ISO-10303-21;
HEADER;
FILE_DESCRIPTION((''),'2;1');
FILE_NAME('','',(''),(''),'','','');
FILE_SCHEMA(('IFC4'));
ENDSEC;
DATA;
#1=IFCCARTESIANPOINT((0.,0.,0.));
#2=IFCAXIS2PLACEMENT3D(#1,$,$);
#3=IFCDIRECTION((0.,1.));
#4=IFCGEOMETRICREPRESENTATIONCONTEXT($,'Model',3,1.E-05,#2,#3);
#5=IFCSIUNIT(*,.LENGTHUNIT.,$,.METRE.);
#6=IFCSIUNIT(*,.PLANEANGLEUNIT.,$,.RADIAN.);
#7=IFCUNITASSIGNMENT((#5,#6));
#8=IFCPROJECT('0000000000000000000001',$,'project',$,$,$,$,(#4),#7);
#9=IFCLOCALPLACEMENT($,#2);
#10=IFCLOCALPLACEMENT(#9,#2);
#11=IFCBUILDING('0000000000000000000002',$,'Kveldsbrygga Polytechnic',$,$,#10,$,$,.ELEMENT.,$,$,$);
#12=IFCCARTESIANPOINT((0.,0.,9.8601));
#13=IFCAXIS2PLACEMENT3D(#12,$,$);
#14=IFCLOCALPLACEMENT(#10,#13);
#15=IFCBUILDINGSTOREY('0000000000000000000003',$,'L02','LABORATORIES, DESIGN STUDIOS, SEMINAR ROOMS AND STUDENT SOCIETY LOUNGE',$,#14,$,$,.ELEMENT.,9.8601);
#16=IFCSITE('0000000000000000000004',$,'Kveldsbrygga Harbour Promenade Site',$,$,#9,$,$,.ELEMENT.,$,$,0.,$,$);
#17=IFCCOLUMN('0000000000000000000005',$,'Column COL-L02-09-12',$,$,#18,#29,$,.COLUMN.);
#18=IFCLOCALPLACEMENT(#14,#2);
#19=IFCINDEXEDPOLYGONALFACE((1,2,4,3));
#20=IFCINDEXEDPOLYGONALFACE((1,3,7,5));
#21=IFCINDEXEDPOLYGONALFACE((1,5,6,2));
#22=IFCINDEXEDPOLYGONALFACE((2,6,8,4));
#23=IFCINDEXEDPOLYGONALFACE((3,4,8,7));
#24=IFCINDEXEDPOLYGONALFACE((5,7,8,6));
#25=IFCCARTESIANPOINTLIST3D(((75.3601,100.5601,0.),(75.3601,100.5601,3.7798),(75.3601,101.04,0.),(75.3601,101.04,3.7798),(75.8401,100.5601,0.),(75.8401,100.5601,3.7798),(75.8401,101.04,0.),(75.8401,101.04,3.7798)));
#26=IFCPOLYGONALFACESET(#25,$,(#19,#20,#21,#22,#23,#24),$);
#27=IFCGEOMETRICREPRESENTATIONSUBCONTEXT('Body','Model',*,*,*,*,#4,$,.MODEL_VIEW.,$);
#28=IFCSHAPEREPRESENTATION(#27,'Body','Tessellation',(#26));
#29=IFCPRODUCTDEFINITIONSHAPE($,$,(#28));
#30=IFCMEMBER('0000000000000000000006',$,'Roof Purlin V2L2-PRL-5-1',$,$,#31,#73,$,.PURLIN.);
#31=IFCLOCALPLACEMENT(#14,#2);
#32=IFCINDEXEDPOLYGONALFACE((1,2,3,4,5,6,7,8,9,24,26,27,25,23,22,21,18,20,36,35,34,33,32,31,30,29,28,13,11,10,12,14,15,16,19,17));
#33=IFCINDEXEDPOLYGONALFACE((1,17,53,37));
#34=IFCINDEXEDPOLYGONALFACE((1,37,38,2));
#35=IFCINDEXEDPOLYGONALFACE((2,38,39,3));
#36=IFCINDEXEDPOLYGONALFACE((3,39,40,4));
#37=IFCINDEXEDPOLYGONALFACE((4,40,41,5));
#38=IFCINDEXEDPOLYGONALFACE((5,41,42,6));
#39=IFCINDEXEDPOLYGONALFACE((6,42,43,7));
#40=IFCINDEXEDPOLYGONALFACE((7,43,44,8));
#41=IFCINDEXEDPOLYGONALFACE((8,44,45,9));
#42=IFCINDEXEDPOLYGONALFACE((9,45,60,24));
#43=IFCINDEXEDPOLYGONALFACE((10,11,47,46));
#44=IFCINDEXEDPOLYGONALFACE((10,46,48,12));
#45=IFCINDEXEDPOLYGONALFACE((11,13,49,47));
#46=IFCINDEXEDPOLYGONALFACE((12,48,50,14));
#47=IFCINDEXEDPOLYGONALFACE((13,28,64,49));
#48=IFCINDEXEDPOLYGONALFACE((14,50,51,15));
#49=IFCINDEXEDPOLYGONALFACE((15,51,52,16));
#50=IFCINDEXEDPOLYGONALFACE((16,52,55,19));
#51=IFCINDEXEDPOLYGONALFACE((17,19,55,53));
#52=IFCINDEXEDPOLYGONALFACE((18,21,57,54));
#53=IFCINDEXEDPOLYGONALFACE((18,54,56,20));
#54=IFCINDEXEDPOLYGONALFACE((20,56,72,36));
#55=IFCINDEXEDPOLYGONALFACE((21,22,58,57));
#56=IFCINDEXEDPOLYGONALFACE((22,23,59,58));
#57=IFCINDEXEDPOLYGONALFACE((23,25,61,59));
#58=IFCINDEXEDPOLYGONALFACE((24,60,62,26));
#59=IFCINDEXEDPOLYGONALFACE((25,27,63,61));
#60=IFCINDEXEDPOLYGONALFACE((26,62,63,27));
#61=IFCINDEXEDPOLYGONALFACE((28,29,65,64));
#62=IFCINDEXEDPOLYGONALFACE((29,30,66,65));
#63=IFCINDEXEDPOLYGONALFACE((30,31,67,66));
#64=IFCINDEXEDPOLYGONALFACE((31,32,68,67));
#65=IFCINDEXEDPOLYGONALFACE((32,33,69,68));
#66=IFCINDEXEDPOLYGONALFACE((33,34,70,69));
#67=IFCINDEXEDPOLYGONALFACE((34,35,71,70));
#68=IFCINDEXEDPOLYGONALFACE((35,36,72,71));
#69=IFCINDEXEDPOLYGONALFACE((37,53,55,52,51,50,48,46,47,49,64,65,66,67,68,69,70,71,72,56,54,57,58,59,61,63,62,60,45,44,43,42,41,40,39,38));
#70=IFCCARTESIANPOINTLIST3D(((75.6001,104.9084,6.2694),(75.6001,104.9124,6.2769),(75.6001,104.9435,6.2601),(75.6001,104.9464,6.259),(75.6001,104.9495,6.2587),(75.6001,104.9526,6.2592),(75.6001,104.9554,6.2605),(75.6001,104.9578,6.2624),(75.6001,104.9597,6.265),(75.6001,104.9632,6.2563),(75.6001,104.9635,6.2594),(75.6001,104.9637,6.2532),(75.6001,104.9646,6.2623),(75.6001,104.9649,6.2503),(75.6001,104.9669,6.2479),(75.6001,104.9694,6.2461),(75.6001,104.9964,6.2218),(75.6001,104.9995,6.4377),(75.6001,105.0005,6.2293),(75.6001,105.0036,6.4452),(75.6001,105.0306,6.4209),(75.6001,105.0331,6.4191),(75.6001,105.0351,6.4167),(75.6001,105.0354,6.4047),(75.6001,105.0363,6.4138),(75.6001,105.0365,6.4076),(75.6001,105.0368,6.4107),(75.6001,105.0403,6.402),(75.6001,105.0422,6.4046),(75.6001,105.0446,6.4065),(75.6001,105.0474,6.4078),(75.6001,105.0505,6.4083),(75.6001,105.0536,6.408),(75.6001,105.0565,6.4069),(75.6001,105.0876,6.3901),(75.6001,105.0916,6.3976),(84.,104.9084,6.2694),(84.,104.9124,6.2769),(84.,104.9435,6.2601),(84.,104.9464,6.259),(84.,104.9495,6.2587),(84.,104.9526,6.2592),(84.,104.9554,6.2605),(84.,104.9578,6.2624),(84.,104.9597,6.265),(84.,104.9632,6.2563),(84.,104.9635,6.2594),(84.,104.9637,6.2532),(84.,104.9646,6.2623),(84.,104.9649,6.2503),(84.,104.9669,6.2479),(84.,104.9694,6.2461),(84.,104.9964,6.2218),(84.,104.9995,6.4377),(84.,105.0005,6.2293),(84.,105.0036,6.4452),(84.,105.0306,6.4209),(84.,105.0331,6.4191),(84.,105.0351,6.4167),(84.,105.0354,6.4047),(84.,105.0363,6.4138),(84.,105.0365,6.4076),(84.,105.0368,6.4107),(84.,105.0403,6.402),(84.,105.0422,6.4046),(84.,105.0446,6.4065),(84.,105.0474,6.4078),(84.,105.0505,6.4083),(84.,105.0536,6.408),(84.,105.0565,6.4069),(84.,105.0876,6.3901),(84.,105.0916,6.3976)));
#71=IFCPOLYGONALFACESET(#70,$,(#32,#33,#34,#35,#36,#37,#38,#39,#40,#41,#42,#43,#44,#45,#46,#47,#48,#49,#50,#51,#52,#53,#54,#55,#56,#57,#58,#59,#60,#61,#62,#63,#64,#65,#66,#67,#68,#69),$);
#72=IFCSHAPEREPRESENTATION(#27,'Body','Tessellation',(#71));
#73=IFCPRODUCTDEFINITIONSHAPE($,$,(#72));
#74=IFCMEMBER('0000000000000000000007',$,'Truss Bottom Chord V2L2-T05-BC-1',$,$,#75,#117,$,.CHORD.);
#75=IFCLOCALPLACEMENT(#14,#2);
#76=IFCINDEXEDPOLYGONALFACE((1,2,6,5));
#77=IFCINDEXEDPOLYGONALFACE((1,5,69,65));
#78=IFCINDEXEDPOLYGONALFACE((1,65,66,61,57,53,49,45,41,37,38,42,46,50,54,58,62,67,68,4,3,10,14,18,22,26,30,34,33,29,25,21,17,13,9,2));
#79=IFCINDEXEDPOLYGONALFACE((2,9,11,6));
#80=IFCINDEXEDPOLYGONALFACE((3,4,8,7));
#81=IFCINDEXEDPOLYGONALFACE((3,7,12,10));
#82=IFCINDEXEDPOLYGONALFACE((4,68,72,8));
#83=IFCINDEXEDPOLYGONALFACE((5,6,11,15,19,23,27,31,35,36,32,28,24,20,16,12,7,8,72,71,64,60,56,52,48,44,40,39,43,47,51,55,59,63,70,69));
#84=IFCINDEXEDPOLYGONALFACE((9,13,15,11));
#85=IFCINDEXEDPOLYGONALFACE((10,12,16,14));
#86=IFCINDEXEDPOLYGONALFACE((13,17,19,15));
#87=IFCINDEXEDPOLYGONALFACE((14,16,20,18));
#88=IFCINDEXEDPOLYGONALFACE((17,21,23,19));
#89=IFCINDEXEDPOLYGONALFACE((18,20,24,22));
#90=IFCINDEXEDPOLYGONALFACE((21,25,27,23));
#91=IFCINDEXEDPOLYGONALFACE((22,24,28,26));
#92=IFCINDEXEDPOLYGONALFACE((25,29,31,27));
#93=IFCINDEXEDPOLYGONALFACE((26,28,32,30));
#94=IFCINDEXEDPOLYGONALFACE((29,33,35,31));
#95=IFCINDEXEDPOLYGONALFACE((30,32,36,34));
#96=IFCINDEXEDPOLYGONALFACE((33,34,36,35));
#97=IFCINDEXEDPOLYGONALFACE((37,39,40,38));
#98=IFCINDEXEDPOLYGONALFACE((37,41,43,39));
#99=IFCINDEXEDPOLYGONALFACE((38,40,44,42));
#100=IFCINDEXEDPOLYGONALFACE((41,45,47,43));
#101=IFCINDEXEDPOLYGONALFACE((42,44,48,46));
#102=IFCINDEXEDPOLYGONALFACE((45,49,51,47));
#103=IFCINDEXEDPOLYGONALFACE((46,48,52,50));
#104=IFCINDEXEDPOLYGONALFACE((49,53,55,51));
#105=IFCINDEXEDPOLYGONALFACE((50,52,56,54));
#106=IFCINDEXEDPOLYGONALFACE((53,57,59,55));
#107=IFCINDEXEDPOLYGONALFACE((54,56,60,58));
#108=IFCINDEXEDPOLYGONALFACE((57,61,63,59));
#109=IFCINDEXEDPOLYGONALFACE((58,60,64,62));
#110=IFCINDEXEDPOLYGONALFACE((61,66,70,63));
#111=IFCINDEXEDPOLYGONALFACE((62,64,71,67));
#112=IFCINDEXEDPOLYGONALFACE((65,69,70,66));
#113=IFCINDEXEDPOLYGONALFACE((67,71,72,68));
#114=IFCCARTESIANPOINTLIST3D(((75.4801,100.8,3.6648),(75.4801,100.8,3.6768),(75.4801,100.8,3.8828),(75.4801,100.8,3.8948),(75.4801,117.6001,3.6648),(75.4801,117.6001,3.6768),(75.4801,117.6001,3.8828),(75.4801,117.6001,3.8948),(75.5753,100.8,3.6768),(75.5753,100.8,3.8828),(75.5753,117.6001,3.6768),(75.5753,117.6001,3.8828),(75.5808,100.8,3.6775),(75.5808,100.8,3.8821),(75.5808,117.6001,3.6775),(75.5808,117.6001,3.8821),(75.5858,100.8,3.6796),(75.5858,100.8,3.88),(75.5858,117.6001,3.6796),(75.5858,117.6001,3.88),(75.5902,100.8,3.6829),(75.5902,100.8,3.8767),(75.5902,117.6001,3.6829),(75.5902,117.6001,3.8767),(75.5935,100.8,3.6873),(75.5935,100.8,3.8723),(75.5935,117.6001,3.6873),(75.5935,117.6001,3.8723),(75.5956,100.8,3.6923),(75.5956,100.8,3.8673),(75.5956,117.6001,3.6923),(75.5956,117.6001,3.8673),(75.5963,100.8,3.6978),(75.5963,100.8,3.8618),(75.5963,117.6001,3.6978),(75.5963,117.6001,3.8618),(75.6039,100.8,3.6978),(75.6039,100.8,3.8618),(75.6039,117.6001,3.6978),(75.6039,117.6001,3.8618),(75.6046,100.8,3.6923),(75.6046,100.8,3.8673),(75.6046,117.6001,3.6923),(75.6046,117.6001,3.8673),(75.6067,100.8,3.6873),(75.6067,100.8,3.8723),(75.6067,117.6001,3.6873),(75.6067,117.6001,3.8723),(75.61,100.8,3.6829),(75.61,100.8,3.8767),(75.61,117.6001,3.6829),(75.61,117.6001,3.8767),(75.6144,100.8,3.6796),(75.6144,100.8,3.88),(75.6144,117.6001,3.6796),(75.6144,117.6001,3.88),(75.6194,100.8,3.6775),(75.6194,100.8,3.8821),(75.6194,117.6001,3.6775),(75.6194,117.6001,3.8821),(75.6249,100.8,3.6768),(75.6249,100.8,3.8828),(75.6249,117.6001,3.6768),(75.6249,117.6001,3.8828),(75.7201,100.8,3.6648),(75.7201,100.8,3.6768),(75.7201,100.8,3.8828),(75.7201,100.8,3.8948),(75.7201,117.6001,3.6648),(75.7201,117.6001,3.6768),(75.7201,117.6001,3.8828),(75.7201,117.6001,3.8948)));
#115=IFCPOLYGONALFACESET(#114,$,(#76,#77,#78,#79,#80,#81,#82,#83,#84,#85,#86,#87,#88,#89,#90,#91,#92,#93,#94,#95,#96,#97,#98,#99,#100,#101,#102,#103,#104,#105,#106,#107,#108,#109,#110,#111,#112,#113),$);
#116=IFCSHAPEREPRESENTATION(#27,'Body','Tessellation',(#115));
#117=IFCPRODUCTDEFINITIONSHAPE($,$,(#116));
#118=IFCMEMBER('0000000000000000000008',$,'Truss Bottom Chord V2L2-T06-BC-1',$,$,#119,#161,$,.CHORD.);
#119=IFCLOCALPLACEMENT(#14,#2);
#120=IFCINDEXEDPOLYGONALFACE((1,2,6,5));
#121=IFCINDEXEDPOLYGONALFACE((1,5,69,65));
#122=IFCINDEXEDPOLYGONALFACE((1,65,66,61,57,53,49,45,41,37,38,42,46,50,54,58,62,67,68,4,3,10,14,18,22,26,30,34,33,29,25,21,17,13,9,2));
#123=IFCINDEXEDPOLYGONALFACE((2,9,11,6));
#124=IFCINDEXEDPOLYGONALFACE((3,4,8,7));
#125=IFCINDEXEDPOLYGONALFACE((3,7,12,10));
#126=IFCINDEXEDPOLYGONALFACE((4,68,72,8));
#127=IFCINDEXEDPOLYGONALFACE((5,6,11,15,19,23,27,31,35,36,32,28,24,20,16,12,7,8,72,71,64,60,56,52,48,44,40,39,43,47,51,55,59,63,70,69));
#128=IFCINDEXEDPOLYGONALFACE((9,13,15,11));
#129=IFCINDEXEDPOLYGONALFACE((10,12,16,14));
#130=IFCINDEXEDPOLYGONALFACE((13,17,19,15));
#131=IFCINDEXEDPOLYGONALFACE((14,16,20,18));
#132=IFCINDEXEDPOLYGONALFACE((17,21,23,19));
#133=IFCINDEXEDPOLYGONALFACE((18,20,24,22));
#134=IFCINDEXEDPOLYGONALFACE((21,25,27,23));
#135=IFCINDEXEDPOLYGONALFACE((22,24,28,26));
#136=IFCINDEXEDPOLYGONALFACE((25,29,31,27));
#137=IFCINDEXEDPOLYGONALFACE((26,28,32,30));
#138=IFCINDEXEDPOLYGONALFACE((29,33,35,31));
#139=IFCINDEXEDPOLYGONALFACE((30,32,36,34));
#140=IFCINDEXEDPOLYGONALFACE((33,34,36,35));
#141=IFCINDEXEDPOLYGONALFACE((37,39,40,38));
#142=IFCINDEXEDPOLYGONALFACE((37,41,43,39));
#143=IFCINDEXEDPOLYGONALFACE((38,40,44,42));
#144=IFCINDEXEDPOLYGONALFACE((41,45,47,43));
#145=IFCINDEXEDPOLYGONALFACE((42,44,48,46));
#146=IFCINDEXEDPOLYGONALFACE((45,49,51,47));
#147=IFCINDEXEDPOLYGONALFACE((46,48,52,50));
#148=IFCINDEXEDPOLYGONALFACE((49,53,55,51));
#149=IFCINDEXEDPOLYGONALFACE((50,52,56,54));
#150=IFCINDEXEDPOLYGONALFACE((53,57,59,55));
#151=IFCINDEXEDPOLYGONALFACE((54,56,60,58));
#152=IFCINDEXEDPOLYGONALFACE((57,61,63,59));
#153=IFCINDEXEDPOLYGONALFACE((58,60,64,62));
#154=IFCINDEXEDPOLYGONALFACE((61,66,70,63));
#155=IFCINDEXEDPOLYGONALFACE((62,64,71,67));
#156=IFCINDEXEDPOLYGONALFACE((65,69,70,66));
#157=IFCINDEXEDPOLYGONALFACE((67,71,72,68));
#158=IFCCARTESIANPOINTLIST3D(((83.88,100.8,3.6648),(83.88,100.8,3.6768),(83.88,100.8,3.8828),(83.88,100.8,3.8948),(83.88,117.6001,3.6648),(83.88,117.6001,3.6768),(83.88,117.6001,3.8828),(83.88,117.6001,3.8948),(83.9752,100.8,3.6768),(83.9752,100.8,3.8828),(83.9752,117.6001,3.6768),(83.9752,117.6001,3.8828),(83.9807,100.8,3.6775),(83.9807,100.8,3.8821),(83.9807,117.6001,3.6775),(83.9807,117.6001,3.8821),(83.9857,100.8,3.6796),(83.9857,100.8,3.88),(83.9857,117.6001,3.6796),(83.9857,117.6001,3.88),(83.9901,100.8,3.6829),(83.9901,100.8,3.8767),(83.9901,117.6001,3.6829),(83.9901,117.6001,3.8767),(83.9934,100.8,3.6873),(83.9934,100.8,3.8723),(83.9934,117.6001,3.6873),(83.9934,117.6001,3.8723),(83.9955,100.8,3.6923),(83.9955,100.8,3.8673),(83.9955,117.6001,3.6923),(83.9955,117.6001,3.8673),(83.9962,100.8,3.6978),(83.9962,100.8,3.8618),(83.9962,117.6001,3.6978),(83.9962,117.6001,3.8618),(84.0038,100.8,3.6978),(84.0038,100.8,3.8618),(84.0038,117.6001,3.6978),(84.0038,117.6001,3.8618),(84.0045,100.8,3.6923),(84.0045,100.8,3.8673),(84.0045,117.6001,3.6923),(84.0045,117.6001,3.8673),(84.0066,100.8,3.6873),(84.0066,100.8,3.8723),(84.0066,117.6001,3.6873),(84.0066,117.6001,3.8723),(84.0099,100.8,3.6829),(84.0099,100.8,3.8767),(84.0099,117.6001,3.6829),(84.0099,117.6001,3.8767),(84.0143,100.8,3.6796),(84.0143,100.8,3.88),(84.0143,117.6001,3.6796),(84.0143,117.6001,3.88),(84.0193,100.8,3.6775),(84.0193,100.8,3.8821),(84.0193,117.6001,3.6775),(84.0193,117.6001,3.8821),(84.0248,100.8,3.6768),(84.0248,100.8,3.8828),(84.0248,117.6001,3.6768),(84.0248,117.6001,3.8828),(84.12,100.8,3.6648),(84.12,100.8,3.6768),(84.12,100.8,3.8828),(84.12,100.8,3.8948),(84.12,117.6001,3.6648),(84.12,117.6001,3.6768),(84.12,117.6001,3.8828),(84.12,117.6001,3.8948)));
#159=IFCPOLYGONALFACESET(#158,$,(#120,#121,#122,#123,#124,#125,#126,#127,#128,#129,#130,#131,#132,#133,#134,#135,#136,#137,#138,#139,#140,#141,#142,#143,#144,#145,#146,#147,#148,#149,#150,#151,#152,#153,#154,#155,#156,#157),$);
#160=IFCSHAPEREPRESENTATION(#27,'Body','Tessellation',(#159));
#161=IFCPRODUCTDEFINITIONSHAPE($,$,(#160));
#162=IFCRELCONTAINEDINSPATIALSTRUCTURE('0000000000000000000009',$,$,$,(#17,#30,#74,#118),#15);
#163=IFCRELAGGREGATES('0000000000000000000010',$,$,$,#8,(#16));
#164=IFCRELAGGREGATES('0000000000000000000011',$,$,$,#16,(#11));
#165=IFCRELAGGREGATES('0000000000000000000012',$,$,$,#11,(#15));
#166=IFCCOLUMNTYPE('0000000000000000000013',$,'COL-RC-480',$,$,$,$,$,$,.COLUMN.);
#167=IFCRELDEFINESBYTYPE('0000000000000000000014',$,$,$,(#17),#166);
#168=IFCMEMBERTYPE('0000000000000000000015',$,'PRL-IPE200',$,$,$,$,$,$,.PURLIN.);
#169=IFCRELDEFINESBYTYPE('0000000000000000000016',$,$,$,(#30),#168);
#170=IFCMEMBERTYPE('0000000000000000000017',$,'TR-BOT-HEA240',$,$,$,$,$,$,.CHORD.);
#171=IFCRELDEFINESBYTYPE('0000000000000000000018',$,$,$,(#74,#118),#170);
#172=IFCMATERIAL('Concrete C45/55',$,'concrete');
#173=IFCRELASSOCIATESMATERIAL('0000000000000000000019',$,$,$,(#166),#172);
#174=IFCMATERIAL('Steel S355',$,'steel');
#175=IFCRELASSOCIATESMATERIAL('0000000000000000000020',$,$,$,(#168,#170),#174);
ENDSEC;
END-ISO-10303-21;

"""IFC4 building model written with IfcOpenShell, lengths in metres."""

from ifc_helpers import new_model, si_unit, direction, frame, origin, origin_2d, place, context, subcontext, project, spatial, rectangle, i_section, extrude, material, material_profile, profile_set, type_object, element, save


model = new_model("IFC4")

# Units and contexts
model_context = context("Model", 3, precision=1e-05, world=origin(), true_north=direction((0.0, 1.0)))
body_context = subcontext(model_context, "Body", "Model", "MODEL_VIEW")
ifc_project = project(units=[si_unit("LENGTHUNIT", "METRE"), si_unit("PLANEANGLEUNIT", "RADIAN")], contexts=[model_context])

# Site, building, storey
site_placement = place(None, origin())
site = spatial("IfcSite", under=ifc_project, at=site_placement, Name="Kveldsbrygga Harbour Promenade Site", CompositionType="ELEMENT", RefElevation=0.0)
building_placement = place(site_placement, origin())
building = spatial("IfcBuilding", under=site, at=building_placement, Name="Kveldsbrygga Polytechnic", CompositionType="ELEMENT")
storey_placement = place(building_placement, frame((0.0, 0.0, 9.8601)))
storey = spatial("IfcBuildingStorey", under=building, at=storey_placement, Name="L02", Description="LABORATORIES, DESIGN STUDIOS, SEMINAR ROOMS AND STUDENT SOCIETY LOUNGE", CompositionType="ELEMENT", Elevation=9.8601)

# Column
ifc_material_1 = material(Name="Concrete C45/55", Category="concrete")
ifc_material_profile_1 = material_profile(ifc_material_1, rectangle(XDim=0.48, YDim=0.48, at=origin_2d()), Name="RC 480x480")
ifc_profile_set_1 = profile_set([ifc_material_profile_1], Name="Concrete C45/55")
column_type = type_object("IfcColumnType", Name="COL-RC-480", PredefinedType="COLUMN", material=ifc_profile_set_1)
column_placement = place(storey_placement, frame((75.6001, 100.8, 0.0), z_axis=(0.0, 0.0, 1.0), x_axis=(1.0, 0.0, 0.0)))
element("IfcColumn", 1, at=column_placement, inside=storey, type_object=column_type, Name="Column COL-L02-09-12", PredefinedType="COLUMN", context=body_context, shape_type="SweptSolid", body=[
    extrude(rectangle(XDim=0.48, YDim=0.48, at=origin_2d()), origin(), (0.0, 0.0, 1.0), 3.7798),
])

# Members
ifc_material_2 = material(Name="Steel S355", Category="steel")
ifc_material_profile_2 = material_profile(ifc_material_2, i_section(OverallWidth=0.1001, OverallDepth=0.2, WebThickness=0.0056, FlangeThickness=0.0085, FilletRadius=0.012, at=origin_2d()), Name="IPE 200")
ifc_profile_set_2 = profile_set([ifc_material_profile_2], Name="Steel S355")
member_type_1 = type_object("IfcMemberType", Name="PRL-IPE200", PredefinedType="PURLIN", material=ifc_profile_set_2)
member_1_placement = place(storey_placement, frame((75.6001, 105.0, 6.3335), z_axis=(1.0, 0.0, 0.0), x_axis=(0.0, 0.879292, -0.476283)))
element("IfcMember", 2, at=member_1_placement, inside=storey, type_object=member_type_1, Name="Roof Purlin V2L2-PRL-5-1", PredefinedType="PURLIN", context=body_context, shape_type="SweptSolid", body=[
    extrude(i_section(OverallWidth=0.1001, OverallDepth=0.2, WebThickness=0.0056, FlangeThickness=0.0085, FilletRadius=0.012, at=origin_2d()), origin(), (0.0, 0.0, 1.0), 8.3999),
])
ifc_material_profile_3 = material_profile(ifc_material_2, i_section(OverallWidth=0.24, OverallDepth=0.23, WebThickness=0.0076, FlangeThickness=0.012, FilletRadius=0.021, at=origin_2d()), Name="HEA 240")
ifc_profile_set_3 = profile_set([ifc_material_profile_3], Name="Steel S355")
member_type_2 = type_object("IfcMemberType", Name="TR-BOT-HEA240", PredefinedType="CHORD", material=ifc_profile_set_3)
for number, where, z_axis, x_axis, name in (
    (3, (75.6001, 100.8, 3.7798), (0.0, 1.0, 0.0), (-1.0, 0.0, 0.0), "Truss Bottom Chord V2L2-T05-BC-1"),
    (4, (84.0, 100.8, 3.7798), (0.0, 1.0, 0.0), (-1.0, 0.0, 0.0), "Truss Bottom Chord V2L2-T06-BC-1"),
):
    element("IfcMember", number, at=place(storey_placement, frame(where, z_axis=z_axis, x_axis=x_axis)), inside=storey, type_object=member_type_2, Name=name, PredefinedType="CHORD", context=body_context, shape_type="SweptSolid", body=[
        extrude(i_section(OverallWidth=0.24, OverallDepth=0.23, WebThickness=0.0076, FlangeThickness=0.012, FilletRadius=0.021, at=origin_2d()), origin(), (0.0, 0.0, 1.0), 16.8),
    ])

save(model, "model.ifc")
